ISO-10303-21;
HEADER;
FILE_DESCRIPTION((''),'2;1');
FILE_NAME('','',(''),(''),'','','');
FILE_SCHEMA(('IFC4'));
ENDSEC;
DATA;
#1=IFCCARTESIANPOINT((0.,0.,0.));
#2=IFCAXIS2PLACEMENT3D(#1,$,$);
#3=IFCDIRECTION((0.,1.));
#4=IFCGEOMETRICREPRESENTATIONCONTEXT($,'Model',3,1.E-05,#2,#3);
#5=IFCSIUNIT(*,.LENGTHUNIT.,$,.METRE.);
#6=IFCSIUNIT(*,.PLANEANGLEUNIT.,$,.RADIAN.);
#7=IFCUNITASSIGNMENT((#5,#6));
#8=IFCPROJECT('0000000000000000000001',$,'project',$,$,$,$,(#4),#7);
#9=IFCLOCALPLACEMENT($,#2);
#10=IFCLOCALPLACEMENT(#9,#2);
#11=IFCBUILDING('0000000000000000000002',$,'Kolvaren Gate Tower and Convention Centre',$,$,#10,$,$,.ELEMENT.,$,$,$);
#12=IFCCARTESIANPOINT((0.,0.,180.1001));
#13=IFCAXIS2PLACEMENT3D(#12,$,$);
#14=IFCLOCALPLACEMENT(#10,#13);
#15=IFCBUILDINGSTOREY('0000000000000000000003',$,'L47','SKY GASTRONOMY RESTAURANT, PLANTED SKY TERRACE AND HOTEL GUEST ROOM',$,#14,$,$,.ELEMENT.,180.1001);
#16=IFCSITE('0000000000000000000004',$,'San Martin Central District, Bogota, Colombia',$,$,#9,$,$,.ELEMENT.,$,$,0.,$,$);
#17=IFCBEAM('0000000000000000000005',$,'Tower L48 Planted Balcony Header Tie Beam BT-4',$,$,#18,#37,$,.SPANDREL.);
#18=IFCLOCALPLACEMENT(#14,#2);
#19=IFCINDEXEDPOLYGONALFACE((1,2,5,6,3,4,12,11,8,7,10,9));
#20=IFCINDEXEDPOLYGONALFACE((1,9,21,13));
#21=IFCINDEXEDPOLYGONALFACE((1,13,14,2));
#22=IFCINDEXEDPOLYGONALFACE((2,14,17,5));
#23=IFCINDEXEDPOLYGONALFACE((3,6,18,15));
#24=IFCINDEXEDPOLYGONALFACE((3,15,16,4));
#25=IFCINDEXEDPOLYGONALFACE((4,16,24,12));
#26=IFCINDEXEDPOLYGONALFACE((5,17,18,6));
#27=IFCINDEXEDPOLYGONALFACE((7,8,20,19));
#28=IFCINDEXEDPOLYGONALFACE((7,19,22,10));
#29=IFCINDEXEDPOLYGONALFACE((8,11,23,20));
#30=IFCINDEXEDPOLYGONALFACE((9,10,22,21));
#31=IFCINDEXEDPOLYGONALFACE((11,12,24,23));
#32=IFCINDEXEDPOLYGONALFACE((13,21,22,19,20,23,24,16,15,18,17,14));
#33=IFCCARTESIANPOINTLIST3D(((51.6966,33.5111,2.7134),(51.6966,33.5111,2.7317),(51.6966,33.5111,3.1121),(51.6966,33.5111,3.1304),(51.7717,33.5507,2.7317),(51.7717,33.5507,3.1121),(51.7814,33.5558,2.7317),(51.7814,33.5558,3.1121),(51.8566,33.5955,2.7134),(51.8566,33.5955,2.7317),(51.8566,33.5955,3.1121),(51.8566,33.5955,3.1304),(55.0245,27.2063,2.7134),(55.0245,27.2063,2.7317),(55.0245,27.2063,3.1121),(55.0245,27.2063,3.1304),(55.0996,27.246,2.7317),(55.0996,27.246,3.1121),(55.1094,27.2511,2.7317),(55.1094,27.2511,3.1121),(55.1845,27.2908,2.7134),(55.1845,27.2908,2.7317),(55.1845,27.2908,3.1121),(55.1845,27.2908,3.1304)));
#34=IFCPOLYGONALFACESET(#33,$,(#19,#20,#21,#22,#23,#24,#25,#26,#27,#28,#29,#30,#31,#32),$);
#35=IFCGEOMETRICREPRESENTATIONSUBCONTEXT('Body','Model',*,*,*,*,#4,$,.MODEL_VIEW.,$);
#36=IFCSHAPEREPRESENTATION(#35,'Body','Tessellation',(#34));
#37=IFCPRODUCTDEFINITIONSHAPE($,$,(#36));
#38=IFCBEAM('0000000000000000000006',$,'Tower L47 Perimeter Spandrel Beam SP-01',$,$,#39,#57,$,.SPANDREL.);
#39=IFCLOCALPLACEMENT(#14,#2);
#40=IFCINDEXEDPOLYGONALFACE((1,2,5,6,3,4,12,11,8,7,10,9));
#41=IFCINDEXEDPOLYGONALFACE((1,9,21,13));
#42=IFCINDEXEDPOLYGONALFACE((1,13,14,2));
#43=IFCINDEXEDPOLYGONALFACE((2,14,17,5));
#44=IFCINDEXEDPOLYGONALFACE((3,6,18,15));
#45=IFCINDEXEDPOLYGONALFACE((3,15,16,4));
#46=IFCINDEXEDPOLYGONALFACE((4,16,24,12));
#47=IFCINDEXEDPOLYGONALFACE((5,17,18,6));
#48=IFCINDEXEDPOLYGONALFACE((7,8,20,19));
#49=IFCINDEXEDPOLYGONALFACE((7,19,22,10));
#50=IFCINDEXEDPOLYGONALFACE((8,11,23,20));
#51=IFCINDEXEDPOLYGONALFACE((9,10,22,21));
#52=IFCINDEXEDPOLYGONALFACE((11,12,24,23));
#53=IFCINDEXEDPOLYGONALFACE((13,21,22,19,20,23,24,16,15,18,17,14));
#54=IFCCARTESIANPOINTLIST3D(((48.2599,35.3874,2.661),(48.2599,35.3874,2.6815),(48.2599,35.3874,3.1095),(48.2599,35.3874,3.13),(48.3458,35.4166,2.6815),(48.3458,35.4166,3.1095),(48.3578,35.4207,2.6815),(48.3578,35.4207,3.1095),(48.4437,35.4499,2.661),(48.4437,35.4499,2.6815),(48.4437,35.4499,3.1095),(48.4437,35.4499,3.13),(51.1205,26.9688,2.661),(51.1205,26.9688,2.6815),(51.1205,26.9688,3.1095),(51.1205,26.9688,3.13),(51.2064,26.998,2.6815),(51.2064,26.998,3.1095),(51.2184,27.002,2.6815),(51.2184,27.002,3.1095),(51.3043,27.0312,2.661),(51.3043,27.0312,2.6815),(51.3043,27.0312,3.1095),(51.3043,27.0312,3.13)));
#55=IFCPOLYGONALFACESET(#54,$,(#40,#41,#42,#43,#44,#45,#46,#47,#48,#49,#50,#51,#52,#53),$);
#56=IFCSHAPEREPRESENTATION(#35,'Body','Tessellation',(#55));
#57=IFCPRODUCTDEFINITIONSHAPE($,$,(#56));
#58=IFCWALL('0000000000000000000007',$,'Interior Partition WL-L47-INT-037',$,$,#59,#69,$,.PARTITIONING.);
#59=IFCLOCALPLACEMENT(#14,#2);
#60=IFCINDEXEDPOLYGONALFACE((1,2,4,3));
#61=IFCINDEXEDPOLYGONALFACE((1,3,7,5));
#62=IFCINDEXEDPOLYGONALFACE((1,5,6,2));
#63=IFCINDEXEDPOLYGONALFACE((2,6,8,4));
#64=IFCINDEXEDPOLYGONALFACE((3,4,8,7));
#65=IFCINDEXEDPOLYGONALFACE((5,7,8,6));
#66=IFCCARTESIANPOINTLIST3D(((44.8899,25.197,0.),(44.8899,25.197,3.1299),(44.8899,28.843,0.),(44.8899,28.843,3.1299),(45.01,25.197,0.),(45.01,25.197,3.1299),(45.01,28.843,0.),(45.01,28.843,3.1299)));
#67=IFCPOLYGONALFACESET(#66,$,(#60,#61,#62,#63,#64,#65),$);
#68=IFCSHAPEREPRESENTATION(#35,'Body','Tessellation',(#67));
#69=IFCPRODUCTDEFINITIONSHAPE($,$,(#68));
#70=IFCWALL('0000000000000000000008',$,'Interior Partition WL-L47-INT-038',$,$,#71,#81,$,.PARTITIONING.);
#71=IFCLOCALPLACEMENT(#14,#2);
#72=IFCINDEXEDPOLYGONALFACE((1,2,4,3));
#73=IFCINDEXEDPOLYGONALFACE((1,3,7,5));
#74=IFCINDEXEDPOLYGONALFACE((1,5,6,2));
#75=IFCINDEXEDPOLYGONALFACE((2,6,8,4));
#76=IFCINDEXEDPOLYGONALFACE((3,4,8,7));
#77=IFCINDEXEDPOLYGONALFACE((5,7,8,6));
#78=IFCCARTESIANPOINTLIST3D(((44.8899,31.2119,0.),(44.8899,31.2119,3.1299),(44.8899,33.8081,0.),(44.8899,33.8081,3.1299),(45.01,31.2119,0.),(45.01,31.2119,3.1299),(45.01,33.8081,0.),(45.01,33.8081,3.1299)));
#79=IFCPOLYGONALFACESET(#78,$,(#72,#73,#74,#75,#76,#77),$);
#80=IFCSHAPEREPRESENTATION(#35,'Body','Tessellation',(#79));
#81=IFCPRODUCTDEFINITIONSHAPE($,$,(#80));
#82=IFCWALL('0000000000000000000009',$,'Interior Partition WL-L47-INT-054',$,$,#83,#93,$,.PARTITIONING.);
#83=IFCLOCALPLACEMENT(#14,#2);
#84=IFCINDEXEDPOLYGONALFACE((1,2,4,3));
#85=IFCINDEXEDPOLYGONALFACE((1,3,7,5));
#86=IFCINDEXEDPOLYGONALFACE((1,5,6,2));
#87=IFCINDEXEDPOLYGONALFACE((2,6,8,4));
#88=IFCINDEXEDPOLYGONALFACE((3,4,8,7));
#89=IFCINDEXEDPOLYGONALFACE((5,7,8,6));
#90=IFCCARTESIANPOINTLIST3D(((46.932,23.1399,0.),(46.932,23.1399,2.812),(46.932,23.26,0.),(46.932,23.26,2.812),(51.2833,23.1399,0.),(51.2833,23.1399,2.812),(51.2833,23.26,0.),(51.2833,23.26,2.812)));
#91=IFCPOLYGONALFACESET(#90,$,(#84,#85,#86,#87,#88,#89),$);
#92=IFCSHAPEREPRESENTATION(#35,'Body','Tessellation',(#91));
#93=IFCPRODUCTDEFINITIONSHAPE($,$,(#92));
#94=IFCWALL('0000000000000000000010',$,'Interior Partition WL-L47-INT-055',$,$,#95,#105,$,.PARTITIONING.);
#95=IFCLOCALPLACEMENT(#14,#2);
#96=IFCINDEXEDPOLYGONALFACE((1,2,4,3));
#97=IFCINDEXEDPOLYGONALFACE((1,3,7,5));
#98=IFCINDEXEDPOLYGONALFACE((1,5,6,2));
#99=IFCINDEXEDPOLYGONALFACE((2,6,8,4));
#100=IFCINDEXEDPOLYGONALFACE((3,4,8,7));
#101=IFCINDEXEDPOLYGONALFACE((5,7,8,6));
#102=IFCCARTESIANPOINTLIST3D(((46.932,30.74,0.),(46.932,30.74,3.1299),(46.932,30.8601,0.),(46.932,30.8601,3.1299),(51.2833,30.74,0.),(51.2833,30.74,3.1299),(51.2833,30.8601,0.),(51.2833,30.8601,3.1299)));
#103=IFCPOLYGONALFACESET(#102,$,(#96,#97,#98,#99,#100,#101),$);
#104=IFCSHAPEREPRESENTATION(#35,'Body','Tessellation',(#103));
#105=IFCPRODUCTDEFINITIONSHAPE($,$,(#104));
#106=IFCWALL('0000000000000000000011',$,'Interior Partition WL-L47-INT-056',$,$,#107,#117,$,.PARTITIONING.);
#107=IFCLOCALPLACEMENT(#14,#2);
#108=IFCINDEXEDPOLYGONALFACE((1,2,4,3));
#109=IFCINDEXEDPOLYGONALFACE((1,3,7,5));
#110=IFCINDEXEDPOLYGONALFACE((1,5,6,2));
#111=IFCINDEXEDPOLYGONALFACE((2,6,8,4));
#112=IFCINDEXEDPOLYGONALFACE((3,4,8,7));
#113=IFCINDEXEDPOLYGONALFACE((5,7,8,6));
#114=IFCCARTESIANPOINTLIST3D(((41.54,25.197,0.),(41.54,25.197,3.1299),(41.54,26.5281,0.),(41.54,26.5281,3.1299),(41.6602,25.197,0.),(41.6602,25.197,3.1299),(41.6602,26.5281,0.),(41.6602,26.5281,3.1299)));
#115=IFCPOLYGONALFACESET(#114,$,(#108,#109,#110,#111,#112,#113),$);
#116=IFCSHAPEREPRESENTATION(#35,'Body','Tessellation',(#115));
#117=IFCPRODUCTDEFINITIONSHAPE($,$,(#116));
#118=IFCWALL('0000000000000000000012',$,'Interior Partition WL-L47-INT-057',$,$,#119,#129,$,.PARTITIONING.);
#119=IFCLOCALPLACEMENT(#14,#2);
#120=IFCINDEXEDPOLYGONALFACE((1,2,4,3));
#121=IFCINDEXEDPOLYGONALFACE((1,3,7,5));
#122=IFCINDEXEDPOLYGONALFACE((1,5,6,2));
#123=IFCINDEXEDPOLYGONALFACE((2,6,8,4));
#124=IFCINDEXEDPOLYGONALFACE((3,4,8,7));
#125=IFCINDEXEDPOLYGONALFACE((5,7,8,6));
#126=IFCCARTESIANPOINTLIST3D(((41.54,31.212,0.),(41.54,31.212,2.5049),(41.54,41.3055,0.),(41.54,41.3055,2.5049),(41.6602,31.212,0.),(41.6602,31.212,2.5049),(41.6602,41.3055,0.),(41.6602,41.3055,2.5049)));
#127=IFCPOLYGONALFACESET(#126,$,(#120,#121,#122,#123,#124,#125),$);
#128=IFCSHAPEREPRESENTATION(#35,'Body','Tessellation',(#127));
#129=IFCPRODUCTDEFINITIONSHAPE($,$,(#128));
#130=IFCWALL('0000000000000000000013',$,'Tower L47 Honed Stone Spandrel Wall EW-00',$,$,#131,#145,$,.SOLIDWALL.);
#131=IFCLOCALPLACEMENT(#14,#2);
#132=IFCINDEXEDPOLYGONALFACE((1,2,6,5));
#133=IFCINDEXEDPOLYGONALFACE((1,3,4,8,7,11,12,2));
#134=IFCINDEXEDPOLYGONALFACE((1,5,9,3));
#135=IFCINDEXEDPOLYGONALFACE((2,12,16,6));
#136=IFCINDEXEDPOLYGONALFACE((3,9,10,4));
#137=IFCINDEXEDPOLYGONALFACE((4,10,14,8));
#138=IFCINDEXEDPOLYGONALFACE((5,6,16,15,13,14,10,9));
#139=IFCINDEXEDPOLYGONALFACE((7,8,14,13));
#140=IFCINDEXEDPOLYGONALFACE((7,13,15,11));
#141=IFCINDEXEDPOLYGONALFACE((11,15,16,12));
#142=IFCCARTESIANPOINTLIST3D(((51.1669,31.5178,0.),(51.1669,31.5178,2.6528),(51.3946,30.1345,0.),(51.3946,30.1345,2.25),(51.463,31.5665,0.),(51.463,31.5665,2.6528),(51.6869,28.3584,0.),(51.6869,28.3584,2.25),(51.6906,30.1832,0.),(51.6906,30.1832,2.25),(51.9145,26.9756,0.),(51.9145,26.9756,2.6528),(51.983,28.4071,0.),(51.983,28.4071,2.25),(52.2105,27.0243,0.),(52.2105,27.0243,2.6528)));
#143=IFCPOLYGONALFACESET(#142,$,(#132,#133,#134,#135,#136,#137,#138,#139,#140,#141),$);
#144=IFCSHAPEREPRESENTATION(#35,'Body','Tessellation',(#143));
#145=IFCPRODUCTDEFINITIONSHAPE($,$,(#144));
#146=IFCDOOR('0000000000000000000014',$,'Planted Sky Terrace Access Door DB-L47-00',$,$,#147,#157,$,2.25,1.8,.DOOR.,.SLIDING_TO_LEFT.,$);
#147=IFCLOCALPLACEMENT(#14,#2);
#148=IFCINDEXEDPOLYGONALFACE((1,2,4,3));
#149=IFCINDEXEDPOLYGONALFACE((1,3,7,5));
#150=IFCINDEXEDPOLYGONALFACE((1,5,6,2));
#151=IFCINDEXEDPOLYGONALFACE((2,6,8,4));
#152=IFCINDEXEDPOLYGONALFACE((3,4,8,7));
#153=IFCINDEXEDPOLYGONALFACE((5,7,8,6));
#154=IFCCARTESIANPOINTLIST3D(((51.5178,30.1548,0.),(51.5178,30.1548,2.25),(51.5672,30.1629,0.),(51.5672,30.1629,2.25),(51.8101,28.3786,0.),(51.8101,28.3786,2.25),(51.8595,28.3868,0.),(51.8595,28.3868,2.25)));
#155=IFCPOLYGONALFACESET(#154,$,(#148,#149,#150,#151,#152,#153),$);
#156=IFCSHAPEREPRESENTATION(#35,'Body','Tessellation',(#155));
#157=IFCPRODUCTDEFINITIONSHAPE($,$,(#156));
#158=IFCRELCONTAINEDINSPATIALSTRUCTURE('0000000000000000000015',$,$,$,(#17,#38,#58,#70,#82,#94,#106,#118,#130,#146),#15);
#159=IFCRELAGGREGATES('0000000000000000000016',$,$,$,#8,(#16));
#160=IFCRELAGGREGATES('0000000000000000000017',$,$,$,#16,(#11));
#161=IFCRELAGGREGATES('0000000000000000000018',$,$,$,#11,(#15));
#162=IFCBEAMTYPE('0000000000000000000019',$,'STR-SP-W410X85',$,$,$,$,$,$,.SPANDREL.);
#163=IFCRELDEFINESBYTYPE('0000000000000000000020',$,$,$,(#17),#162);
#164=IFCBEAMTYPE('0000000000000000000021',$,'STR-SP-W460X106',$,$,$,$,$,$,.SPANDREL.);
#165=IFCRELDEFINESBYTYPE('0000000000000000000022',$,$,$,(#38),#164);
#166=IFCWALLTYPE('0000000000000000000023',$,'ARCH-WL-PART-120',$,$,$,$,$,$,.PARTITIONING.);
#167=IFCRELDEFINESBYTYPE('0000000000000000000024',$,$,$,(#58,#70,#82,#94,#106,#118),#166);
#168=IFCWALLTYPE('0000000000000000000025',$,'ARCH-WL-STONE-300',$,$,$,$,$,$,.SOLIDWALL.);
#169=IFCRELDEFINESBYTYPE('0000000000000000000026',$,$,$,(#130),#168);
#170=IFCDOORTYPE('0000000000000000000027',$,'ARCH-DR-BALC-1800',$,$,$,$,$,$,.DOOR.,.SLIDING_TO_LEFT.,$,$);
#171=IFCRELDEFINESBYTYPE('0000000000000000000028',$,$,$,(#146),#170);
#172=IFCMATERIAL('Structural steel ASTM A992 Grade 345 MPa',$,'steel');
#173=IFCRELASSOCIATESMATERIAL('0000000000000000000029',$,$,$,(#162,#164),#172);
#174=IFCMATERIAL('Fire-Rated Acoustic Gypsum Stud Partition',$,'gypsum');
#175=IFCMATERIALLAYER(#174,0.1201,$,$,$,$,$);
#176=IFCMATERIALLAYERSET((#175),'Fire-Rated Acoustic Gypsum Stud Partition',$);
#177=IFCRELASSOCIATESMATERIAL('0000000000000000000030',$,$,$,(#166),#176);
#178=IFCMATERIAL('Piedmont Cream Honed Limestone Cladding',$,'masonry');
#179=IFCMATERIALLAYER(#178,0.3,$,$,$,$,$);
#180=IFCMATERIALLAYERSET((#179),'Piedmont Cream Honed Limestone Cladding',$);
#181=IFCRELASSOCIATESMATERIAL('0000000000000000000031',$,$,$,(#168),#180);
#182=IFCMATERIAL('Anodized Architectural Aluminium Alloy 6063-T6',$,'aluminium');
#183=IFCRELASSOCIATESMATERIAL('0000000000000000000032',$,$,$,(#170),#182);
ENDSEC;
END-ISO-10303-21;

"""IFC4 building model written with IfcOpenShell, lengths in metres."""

from ifc_helpers import new_model, si_unit, direction, frame, frame_2d, origin, origin_2d, place, context, subcontext, project, spatial, rectangle, i_section, extrude, material, layer, layer_set, material_profile, profile_set, type_object, element, fill, save


model = new_model("IFC4")

# Units and contexts
model_context = context("Model", 3, precision=1e-05, world=origin(), true_north=direction((0.0, 1.0)))
body_context = subcontext(model_context, "Body", "Model", "MODEL_VIEW")
ifc_project = project(units=[si_unit("LENGTHUNIT", "METRE"), si_unit("PLANEANGLEUNIT", "RADIAN")], contexts=[model_context])

# Site, building, storey
site_placement = place(None, origin())
site = spatial("IfcSite", under=ifc_project, at=site_placement, Name="San Martin Central District, Bogota, Colombia", CompositionType="ELEMENT", RefElevation=0.0)
building_placement = place(site_placement, origin())
building = spatial("IfcBuilding", under=site, at=building_placement, Name="Kolvaren Gate Tower and Convention Centre", CompositionType="ELEMENT")
storey_placement = place(building_placement, frame((0.0, 0.0, 180.1001)))
storey = spatial("IfcBuildingStorey", under=building, at=storey_placement, Name="L47", Description="SKY GASTRONOMY RESTAURANT, PLANTED SKY TERRACE AND HOTEL GUEST ROOM", CompositionType="ELEMENT", Elevation=180.1001)

# Beams
ifc_material_1 = material(Name="Structural steel ASTM A992 Grade 345 MPa", Category="steel")
ifc_material_profile_1 = material_profile(ifc_material_1, i_section(OverallWidth=0.1809, OverallDepth=0.417, WebThickness=0.011, FlangeThickness=0.0183, at=origin_2d()), Name="W410X85")
ifc_profile_set_1 = profile_set([ifc_material_profile_1], Name="Structural steel ASTM A992 Grade 345 MPa")
beam_type_1 = type_object("IfcBeamType", Name="STR-SP-W410X85", PredefinedType="SPANDREL", material=ifc_profile_set_1)
beam_1_placement = place(storey_placement, frame((55.1045, 27.2485, 2.9219), z_axis=(-0.466803, 0.884361, 0.0), x_axis=(-0.884361, -0.466803, 0.0)))
element("IfcBeam", 1, at=beam_1_placement, inside=storey, type_object=beam_type_1, Name="Tower L48 Planted Balcony Header Tie Beam BT-4", PredefinedType="SPANDREL", context=body_context, shape_type="SweptSolid", body=[
    extrude(i_section(OverallWidth=0.1809, OverallDepth=0.417, WebThickness=0.011, FlangeThickness=0.0183, at=origin_2d()), origin(), (0.0, 0.0, 1.0), 7.1292),
])
ifc_material_profile_2 = material_profile(ifc_material_1, i_section(OverallWidth=0.1941, OverallDepth=0.469, WebThickness=0.0127, FlangeThickness=0.0205, at=origin_2d()), Name="W460X106")
ifc_profile_set_2 = profile_set([ifc_material_profile_2], Name="Structural steel ASTM A992 Grade 345 MPa")
beam_type_2 = type_object("IfcBeamType", Name="STR-SP-W460X106", PredefinedType="SPANDREL", material=ifc_profile_set_2)
beam_2_placement = place(storey_placement, frame((51.2124, 27.0, 2.8955), z_axis=(-0.321725, 0.946833, 0.0), x_axis=(-0.946833, -0.321725, 0.0)))
element("IfcBeam", 2, at=beam_2_placement, inside=storey, type_object=beam_type_2, Name="Tower L47 Perimeter Spandrel Beam SP-01", PredefinedType="SPANDREL", context=body_context, shape_type="SweptSolid", body=[
    extrude(i_section(OverallWidth=0.1941, OverallDepth=0.469, WebThickness=0.0127, FlangeThickness=0.0205, at=origin_2d()), origin(), (0.0, 0.0, 1.0), 8.8914),
])

# Walls
ifc_material_2 = material(Name="Fire-Rated Acoustic Gypsum Stud Partition", Category="gypsum")
ifc_layer_1 = layer(ifc_material_2, 0.1201)
ifc_layer_set_1 = layer_set([ifc_layer_1], Name="Fire-Rated Acoustic Gypsum Stud Partition")
wall_type_1 = type_object("IfcWallType", Name="ARCH-WL-PART-120", PredefinedType="PARTITIONING", material=ifc_layer_set_1)
wall_1_placement = place(storey_placement, frame((44.95, 25.197, 0.0), z_axis=(0.0, 0.0, 1.0), x_axis=(0.0, 1.0, 0.0)))
element("IfcWall", 3, at=wall_1_placement, inside=storey, type_object=wall_type_1, Name="Interior Partition WL-L47-INT-037", PredefinedType="PARTITIONING", context=body_context, shape_type="SweptSolid", body=[
    extrude(rectangle(XDim=3.646, YDim=0.1201, at=frame_2d((1.823, 0.0))), origin(), (0.0, 0.0, 1.0), 3.1299),
])
wall_2_placement = place(storey_placement, frame((44.95, 31.2119, 0.0), z_axis=(0.0, 0.0, 1.0), x_axis=(0.0, 1.0, 0.0)))
element("IfcWall", 4, at=wall_2_placement, inside=storey, type_object=wall_type_1, Name="Interior Partition WL-L47-INT-038", PredefinedType="PARTITIONING", context=body_context, shape_type="SweptSolid", body=[
    extrude(rectangle(XDim=2.5962, YDim=0.1201, at=frame_2d((1.2981, 0.0))), origin(), (0.0, 0.0, 1.0), 3.1299),
])
wall_3_placement = place(storey_placement, frame((46.9319, 23.2, 0.0), z_axis=(0.0, 0.0, 1.0), x_axis=(1.0, 0.0, 0.0)))
element("IfcWall", 5, at=wall_3_placement, inside=storey, type_object=wall_type_1, Name="Interior Partition WL-L47-INT-054", PredefinedType="PARTITIONING", context=body_context, shape_type="SweptSolid", body=[
    extrude(rectangle(XDim=4.3513, YDim=0.1201, at=frame_2d((2.1758, 0.0))), origin(), (0.0, 0.0, 1.0), 2.812),
])
wall_4_placement = place(storey_placement, frame((46.9319, 30.8, 0.0), z_axis=(0.0, 0.0, 1.0), x_axis=(1.0, 0.0, 0.0)))
element("IfcWall", 6, at=wall_4_placement, inside=storey, type_object=wall_type_1, Name="Interior Partition WL-L47-INT-055", PredefinedType="PARTITIONING", context=body_context, shape_type="SweptSolid", body=[
    extrude(rectangle(XDim=4.3513, YDim=0.1201, at=frame_2d((2.1758, 0.0))), origin(), (0.0, 0.0, 1.0), 3.1299),
])
wall_5_placement = place(storey_placement, frame((41.6001, 25.197, 0.0), z_axis=(0.0, 0.0, 1.0), x_axis=(0.0, 1.0, 0.0)))
element("IfcWall", 7, at=wall_5_placement, inside=storey, type_object=wall_type_1, Name="Interior Partition WL-L47-INT-056", PredefinedType="PARTITIONING", context=body_context, shape_type="SweptSolid", body=[
    extrude(rectangle(XDim=1.3311, YDim=0.1201, at=frame_2d((0.6655, 0.0))), origin(), (0.0, 0.0, 1.0), 3.1299),
])
wall_6_placement = place(storey_placement, frame((41.6001, 31.2119, 0.0), z_axis=(0.0, 0.0, 1.0), x_axis=(0.0, 1.0, 0.0)))
element("IfcWall", 8, at=wall_6_placement, inside=storey, type_object=wall_type_1, Name="Interior Partition WL-L47-INT-057", PredefinedType="PARTITIONING", context=body_context, shape_type="SweptSolid", body=[
    extrude(rectangle(XDim=10.0935, YDim=0.1201, at=frame_2d((5.0469, 0.0))), origin(), (0.0, 0.0, 1.0), 2.5049),
])

# Wall, opening, door
ifc_material_3 = material(Name="Piedmont Cream Honed Limestone Cladding", Category="masonry")
ifc_layer_2 = layer(ifc_material_3, 0.3)
ifc_layer_set_2 = layer_set([ifc_layer_2], Name="Piedmont Cream Honed Limestone Cladding")
wall_type_2 = type_object("IfcWallType", Name="ARCH-WL-STONE-300", PredefinedType="SOLIDWALL", material=ifc_layer_set_2)
wall_7_placement = place(storey_placement, frame((51.3149, 31.5422, 0.0), z_axis=(0.0, 0.0, 1.0), x_axis=(0.162395, -0.986726, 0.0)))
wall_7 = element("IfcWall", 9, at=wall_7_placement, inside=storey, type_object=wall_type_2, Name="Tower L47 Honed Stone Spandrel Wall EW-00", PredefinedType="SOLIDWALL", context=body_context, shape_type="SweptSolid", body=[
    extrude(rectangle(XDim=4.6033, YDim=0.3, at=frame_2d((2.3018, 0.0))), origin(), (0.0, 0.0, 1.0), 2.6528),
])
opening_placement = place(wall_7_placement, frame((1.4021, 0.0, 0.0)))
opening = element("IfcOpeningElement", 10, at=opening_placement, cuts=wall_7, PredefinedType="OPENING", context=body_context, shape_type="SweptSolid", body=[
    extrude(rectangle(XDim=1.8, YDim=2.25, at=frame_2d((0.8999, 1.125))), frame((0.0, 0.1599, 0.0), z_axis=(0.0, -1.0, 0.0), x_axis=(1.0, 0.0, 0.0)), (0.0, 0.0, 1.0), 0.3201),
])
ifc_material_4 = material(Name="Anodized Architectural Aluminium Alloy 6063-T6", Category="aluminium")
door_type = type_object("IfcDoorType", Name="ARCH-DR-BALC-1800", OperationType="SLIDING_TO_LEFT", PredefinedType="DOOR", material=ifc_material_4)
door_placement = place(opening_placement, origin())
door = element("IfcDoor", 11, at=door_placement, inside=storey, type_object=door_type, Name="Planted Sky Terrace Access Door DB-L47-00", OperationType="SLIDING_TO_LEFT", OverallHeight=2.25, OverallWidth=1.8, PredefinedType="DOOR", context=body_context, shape_type="SweptSolid", body=[
    extrude(rectangle(XDim=1.8, YDim=2.25, at=frame_2d((0.8999, 1.125))), frame((0.0, 0.0249, 0.0), z_axis=(0.0, -1.0, 0.0), x_axis=(1.0, 0.0, 0.0)), (0.0, 0.0, 1.0), 0.05),
])
fill(opening, door)

save(model, "model.ifc")
